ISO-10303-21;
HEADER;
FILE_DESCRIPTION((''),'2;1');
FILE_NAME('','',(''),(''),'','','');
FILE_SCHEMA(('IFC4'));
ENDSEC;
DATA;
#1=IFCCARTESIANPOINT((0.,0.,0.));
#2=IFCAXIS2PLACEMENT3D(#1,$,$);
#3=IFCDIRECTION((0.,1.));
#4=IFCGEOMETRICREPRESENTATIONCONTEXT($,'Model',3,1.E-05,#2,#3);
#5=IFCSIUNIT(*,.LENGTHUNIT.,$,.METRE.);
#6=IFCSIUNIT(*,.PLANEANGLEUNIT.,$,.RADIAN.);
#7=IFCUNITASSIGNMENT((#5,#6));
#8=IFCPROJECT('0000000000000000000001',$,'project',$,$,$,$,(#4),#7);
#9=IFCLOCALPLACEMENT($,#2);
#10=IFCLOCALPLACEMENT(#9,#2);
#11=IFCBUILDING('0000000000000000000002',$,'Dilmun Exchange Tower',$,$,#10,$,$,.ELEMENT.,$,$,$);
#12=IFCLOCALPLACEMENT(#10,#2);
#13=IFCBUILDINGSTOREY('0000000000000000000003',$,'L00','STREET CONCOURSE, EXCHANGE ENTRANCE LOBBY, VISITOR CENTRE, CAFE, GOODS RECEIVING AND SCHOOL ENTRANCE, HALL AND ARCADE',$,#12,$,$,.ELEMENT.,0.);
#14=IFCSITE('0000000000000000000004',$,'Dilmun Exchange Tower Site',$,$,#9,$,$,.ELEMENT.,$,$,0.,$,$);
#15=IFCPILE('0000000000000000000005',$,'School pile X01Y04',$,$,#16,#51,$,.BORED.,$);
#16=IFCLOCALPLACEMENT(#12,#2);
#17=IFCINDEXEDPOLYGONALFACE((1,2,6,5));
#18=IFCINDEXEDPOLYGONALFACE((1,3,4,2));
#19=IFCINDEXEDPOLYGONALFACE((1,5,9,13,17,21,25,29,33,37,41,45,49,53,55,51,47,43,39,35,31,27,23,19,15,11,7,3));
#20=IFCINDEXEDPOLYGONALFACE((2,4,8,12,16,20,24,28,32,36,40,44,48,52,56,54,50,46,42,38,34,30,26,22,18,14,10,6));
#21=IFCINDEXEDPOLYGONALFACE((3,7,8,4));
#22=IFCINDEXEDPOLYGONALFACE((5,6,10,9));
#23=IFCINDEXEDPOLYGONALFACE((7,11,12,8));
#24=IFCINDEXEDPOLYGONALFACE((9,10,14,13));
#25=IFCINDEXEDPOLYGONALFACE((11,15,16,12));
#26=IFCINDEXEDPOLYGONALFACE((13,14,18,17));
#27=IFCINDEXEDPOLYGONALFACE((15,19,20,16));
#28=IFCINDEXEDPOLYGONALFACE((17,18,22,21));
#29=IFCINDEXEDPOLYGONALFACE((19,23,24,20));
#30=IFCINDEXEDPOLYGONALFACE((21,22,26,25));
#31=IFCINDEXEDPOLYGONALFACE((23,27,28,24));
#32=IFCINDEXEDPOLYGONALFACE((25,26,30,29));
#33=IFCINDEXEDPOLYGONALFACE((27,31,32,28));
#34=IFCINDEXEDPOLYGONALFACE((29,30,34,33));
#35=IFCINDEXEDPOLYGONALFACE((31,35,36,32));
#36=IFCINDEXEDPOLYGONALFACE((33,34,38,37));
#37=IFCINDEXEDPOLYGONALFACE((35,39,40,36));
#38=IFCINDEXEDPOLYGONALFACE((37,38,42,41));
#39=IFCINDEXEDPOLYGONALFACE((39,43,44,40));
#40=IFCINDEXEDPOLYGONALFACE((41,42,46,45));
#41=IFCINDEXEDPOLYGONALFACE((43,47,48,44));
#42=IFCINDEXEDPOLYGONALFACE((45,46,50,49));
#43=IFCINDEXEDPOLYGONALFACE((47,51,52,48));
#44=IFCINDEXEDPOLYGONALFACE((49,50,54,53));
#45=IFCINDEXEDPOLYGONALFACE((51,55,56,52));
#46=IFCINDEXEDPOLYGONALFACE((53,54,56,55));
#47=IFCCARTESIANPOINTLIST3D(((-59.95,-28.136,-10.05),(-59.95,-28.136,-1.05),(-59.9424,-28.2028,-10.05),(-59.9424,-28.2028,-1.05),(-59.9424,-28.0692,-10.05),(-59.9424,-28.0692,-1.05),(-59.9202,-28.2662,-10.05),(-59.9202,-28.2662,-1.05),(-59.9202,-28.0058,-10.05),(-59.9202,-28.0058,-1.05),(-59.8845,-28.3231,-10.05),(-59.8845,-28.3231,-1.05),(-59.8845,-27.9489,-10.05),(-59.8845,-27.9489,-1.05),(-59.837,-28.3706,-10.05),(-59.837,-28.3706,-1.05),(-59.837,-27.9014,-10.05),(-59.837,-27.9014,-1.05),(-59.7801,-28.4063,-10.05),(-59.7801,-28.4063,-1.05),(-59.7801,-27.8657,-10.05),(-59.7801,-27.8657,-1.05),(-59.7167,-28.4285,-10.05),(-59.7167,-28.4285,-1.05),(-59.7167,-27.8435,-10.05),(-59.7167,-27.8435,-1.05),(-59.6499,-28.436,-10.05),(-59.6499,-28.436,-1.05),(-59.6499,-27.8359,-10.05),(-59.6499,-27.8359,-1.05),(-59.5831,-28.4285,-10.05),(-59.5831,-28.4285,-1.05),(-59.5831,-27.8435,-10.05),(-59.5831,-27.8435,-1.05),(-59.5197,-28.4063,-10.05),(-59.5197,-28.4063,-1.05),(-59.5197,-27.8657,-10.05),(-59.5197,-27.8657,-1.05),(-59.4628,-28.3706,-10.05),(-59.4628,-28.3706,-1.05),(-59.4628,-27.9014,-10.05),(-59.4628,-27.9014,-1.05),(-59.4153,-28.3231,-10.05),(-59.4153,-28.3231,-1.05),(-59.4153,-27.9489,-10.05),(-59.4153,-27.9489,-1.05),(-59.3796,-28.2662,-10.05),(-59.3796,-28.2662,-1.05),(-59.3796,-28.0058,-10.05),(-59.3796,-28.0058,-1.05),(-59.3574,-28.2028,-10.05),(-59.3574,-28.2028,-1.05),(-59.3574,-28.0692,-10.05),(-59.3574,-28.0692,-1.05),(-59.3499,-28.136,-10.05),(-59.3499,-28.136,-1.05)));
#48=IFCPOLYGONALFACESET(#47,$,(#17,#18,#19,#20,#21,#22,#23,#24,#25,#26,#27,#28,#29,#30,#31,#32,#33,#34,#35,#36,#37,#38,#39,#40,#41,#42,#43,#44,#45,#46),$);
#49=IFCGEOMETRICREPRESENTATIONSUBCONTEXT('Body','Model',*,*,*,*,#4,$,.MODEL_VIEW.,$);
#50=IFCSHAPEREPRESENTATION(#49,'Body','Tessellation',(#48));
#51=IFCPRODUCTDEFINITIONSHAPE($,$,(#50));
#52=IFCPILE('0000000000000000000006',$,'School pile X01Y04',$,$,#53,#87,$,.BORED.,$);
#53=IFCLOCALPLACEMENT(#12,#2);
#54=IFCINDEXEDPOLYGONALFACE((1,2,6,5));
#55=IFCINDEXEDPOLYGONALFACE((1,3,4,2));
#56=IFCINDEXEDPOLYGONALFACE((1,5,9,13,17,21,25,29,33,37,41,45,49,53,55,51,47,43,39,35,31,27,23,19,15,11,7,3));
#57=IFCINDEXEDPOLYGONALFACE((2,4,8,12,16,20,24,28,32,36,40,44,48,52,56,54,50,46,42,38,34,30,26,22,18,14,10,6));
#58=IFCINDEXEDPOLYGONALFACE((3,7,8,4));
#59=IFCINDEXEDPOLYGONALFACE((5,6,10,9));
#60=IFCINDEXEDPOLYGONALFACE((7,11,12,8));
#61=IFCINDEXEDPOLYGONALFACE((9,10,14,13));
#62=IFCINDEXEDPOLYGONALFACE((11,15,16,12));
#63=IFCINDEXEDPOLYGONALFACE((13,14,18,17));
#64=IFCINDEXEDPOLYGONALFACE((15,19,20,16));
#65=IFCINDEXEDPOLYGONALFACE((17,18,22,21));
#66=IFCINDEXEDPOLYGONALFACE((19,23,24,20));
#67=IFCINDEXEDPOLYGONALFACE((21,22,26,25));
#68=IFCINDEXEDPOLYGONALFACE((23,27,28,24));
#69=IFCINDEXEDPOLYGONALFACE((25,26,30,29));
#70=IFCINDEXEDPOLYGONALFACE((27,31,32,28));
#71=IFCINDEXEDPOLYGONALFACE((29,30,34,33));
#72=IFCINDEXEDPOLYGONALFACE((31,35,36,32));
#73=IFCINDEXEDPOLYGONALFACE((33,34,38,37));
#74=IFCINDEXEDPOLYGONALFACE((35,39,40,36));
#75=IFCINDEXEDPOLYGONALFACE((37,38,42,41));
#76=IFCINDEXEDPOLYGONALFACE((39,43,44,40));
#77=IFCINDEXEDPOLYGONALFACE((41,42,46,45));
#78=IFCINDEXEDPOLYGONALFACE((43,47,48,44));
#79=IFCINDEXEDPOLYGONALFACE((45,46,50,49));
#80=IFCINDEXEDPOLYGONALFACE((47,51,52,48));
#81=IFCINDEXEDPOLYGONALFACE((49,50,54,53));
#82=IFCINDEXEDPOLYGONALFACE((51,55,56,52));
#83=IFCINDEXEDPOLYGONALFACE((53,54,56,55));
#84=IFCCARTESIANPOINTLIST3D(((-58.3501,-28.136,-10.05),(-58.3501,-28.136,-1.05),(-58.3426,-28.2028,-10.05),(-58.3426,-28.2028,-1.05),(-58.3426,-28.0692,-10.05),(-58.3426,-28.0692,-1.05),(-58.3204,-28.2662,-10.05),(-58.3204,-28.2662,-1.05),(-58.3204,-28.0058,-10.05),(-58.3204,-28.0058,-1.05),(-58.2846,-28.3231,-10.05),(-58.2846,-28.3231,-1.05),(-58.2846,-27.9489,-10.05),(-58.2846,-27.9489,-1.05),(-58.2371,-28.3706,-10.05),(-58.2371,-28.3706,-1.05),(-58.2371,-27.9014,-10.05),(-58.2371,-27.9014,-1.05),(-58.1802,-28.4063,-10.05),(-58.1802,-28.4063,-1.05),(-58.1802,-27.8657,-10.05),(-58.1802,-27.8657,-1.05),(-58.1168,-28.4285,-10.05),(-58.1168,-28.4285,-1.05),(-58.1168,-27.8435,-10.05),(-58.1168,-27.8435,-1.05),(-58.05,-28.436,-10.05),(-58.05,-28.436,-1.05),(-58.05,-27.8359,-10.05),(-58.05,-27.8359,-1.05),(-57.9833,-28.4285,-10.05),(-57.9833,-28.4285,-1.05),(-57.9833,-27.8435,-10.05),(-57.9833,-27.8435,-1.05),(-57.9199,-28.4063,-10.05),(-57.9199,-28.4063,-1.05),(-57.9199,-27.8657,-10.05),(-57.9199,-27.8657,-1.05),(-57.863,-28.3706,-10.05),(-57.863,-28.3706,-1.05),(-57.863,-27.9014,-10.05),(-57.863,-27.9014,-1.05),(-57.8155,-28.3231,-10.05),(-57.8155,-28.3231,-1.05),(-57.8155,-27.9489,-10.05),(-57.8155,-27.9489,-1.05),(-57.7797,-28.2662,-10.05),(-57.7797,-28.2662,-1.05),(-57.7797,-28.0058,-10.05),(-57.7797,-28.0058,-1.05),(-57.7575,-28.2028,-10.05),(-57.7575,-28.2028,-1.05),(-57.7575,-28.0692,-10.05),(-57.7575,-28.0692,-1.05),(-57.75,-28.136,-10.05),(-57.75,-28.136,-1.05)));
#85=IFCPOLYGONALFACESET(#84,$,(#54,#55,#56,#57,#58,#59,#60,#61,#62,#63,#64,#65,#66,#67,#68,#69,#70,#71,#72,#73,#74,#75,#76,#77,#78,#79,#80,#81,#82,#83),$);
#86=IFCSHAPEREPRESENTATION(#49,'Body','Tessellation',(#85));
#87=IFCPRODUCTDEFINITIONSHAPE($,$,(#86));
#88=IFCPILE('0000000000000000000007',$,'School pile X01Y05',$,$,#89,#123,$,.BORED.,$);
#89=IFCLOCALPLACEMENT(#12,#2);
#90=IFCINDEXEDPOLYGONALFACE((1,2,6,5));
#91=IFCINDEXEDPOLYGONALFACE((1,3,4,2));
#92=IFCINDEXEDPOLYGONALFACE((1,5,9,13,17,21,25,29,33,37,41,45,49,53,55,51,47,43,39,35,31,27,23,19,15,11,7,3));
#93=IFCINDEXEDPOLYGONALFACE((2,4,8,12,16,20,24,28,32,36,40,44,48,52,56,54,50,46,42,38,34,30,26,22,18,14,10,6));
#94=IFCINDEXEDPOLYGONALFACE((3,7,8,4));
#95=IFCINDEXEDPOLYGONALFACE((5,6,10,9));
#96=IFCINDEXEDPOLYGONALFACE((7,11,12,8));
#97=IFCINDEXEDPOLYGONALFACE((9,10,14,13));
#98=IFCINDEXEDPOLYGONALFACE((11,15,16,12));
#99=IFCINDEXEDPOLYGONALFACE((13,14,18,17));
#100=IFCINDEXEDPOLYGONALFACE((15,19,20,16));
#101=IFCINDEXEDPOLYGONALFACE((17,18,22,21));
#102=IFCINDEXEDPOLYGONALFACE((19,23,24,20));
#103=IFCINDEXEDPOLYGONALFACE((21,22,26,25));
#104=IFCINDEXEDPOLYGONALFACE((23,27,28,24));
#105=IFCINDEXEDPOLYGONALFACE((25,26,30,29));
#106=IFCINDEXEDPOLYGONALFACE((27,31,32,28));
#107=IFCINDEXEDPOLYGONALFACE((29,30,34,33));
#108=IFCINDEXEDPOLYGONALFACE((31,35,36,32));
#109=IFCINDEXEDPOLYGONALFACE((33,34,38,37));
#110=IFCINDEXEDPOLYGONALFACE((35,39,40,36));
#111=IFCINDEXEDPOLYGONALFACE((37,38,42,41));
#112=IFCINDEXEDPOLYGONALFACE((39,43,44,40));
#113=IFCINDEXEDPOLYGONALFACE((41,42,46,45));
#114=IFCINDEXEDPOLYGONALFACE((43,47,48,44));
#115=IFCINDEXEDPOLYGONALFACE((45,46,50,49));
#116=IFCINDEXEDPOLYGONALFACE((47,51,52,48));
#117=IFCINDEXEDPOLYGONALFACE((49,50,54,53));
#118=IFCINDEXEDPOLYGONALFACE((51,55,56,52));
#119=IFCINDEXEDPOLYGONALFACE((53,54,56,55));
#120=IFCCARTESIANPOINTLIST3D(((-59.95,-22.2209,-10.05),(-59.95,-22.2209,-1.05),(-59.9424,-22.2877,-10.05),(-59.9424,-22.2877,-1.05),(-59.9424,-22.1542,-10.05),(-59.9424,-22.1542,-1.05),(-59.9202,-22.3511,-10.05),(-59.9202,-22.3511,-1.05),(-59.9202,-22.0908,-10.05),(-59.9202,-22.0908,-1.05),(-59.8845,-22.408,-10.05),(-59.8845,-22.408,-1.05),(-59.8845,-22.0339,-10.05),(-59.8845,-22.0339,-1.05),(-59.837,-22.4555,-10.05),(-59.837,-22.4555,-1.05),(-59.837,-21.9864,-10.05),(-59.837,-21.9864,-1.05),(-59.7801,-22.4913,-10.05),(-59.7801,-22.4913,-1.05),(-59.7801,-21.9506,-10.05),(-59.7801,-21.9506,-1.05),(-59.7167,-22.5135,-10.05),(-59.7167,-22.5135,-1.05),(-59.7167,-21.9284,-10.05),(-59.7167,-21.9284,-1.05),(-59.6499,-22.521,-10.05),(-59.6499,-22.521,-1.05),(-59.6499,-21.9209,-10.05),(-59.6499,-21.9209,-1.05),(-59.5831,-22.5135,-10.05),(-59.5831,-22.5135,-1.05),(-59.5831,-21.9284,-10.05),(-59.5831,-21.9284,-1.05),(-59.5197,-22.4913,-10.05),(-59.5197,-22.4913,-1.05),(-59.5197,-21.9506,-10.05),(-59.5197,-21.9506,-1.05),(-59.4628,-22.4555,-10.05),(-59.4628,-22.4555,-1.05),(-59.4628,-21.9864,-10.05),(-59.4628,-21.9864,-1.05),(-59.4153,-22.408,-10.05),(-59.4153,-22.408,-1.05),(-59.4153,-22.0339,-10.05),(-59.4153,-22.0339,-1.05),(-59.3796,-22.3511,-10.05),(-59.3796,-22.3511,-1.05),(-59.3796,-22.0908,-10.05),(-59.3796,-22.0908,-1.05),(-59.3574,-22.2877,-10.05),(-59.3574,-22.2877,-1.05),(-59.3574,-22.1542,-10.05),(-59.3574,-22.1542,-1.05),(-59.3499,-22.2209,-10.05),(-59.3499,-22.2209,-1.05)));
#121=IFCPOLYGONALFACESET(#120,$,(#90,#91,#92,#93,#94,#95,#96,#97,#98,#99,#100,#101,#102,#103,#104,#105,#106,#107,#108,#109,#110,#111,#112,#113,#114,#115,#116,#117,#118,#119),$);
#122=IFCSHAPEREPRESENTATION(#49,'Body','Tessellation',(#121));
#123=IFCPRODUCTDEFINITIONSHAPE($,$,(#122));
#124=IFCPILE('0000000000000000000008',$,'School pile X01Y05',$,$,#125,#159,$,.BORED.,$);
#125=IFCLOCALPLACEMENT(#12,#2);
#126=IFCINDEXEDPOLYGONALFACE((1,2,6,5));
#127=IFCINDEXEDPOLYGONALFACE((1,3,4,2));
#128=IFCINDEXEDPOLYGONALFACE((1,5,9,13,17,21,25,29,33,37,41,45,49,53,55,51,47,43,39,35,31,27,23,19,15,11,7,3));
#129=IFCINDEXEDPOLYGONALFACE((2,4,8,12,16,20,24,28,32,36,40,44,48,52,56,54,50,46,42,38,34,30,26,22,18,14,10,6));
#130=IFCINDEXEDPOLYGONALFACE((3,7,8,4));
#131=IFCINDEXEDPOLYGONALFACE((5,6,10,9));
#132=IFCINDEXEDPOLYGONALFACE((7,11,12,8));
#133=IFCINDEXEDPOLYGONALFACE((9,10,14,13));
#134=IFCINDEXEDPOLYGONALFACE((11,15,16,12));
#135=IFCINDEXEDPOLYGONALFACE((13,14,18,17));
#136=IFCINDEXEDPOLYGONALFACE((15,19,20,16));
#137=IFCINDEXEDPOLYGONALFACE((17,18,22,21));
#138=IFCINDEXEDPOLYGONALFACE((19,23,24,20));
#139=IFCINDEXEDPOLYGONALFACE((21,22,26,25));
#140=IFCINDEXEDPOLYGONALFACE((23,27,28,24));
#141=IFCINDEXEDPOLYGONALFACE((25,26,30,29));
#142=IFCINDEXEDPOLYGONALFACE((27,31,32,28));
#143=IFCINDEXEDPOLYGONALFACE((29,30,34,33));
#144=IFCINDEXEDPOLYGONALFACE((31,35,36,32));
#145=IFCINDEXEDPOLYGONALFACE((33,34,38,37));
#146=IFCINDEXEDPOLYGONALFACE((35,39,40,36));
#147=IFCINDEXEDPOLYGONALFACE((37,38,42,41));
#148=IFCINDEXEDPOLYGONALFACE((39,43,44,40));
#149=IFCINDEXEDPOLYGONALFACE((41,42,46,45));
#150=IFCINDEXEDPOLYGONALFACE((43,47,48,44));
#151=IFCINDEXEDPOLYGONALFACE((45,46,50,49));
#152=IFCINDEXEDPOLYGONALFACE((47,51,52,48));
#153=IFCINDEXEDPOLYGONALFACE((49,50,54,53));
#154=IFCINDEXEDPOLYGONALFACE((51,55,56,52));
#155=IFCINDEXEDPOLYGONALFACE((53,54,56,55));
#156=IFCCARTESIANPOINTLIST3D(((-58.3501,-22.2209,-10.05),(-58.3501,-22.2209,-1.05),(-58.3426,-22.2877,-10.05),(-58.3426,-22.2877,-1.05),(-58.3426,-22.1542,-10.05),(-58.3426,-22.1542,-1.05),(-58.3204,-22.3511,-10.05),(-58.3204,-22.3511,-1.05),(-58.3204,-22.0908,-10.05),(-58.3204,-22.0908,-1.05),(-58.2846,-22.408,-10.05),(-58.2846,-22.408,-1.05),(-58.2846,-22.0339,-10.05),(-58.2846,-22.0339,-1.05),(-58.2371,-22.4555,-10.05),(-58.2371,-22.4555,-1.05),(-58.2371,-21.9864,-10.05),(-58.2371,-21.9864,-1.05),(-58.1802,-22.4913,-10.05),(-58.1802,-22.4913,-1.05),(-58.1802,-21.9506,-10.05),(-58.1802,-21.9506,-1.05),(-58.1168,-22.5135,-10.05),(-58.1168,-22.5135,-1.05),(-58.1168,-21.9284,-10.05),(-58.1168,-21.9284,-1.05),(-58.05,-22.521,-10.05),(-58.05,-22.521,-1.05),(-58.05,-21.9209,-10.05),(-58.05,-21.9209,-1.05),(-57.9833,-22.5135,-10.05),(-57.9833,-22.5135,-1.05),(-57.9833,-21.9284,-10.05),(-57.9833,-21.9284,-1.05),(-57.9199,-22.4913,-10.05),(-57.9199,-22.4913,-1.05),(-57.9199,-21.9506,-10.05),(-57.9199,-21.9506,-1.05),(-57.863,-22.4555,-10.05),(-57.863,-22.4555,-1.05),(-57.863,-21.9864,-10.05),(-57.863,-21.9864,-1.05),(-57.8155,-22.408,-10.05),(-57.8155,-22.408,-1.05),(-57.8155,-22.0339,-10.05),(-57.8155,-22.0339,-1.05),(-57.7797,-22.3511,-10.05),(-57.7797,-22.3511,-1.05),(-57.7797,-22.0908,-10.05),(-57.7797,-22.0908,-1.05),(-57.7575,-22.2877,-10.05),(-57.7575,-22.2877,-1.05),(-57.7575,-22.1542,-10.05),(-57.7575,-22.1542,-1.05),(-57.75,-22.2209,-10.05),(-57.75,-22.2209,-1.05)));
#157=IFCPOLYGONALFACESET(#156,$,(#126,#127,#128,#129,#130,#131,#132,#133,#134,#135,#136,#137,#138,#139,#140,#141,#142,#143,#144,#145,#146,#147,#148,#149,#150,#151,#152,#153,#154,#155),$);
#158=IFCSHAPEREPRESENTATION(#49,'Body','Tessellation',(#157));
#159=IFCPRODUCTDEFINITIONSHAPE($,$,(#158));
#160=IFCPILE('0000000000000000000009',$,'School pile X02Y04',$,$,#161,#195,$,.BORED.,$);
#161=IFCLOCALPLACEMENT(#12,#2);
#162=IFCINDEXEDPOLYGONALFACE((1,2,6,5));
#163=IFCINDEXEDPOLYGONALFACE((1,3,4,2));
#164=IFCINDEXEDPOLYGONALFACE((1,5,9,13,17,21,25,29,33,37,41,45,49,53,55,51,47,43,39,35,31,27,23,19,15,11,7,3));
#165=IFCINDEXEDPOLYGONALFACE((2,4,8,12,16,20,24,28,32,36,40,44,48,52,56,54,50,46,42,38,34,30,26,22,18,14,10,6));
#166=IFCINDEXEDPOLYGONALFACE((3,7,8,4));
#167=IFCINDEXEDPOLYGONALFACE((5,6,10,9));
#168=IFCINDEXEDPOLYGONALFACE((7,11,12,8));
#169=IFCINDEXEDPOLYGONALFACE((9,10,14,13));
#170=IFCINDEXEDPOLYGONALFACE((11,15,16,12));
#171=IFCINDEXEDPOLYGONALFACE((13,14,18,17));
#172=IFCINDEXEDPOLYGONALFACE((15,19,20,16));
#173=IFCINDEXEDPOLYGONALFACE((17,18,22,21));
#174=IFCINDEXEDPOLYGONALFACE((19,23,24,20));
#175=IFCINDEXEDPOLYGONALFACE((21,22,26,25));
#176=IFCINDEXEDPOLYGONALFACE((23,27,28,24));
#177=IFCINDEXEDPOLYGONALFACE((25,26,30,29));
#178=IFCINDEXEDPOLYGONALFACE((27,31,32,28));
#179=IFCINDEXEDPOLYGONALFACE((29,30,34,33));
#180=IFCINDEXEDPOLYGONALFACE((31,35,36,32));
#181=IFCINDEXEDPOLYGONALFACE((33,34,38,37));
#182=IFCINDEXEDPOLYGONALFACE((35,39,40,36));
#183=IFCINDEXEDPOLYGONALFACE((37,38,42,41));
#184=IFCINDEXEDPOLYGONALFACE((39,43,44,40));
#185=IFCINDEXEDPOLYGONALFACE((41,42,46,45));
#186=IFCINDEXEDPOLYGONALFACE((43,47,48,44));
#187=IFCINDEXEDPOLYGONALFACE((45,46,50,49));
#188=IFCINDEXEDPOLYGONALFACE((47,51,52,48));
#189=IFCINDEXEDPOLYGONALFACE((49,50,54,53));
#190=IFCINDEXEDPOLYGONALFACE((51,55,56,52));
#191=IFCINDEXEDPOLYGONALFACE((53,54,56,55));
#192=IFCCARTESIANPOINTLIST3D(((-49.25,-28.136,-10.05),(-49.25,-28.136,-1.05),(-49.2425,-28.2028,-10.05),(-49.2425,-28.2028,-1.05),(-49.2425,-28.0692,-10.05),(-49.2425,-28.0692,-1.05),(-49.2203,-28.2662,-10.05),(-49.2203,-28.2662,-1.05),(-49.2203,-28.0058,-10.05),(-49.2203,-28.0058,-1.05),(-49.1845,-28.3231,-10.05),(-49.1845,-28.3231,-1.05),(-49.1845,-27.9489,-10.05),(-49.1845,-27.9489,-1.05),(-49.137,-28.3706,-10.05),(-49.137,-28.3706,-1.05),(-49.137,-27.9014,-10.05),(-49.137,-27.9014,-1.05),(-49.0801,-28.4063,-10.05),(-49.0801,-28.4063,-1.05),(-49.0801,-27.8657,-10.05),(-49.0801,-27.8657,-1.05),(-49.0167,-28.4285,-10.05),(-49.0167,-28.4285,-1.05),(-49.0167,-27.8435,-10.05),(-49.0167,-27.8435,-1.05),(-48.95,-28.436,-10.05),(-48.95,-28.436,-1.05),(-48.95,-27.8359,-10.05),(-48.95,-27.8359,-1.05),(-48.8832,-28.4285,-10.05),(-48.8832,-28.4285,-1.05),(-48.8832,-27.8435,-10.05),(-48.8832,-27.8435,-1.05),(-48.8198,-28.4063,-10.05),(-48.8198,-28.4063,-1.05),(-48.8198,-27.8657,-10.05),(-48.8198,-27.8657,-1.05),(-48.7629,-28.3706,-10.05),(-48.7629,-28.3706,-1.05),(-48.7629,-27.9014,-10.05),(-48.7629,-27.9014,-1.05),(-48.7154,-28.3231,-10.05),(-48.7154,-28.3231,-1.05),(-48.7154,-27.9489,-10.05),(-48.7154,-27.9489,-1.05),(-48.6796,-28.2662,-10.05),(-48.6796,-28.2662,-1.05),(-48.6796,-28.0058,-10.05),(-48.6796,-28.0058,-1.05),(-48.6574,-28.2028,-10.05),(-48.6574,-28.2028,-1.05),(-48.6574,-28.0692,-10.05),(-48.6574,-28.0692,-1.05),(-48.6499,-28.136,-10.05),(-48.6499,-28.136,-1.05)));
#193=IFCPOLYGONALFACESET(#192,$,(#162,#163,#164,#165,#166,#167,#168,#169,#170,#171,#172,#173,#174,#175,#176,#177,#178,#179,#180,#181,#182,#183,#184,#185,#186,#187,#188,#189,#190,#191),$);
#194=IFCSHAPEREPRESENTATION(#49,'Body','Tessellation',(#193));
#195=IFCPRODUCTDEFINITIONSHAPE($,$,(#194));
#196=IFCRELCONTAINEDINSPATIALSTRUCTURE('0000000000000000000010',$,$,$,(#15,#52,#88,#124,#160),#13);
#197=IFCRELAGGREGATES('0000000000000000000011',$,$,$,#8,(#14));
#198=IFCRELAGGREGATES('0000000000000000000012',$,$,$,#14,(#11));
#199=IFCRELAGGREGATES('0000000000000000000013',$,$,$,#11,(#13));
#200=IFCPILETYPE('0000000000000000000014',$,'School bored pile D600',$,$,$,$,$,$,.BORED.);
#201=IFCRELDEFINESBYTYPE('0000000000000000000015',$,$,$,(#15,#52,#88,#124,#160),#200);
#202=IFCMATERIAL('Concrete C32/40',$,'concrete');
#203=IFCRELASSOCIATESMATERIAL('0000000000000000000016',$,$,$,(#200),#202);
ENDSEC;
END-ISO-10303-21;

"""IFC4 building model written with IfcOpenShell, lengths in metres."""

from ifc_helpers import new_model, si_unit, direction, frame, origin, origin_2d, place, context, subcontext, project, spatial, circle, extrude, material, material_profile, profile_set, type_object, element, save


model = new_model("IFC4")

# Units and contexts
model_context = context("Model", 3, precision=1e-05, world=origin(), true_north=direction((0.0, 1.0)))
body_context = subcontext(model_context, "Body", "Model", "MODEL_VIEW")
ifc_project = project(units=[si_unit("LENGTHUNIT", "METRE"), si_unit("PLANEANGLEUNIT", "RADIAN")], contexts=[model_context])

# Site, building, storey
site_placement = place(None, origin())
site = spatial("IfcSite", under=ifc_project, at=site_placement, Name="Dilmun Exchange Tower Site", CompositionType="ELEMENT", RefElevation=0.0)
building_placement = place(site_placement, origin())
building = spatial("IfcBuilding", under=site, at=building_placement, Name="Dilmun Exchange Tower", CompositionType="ELEMENT")
storey_placement = place(building_placement, origin())
storey = spatial("IfcBuildingStorey", under=building, at=storey_placement, Name="L00", Description="STREET CONCOURSE, EXCHANGE ENTRANCE LOBBY, VISITOR CENTRE, CAFE, GOODS RECEIVING AND SCHOOL ENTRANCE, HALL AND ARCADE", CompositionType="ELEMENT", Elevation=0.0)

# Piles
ifc_material_1 = material(Name="Concrete C32/40", Category="concrete")
ifc_material_profile_1 = material_profile(ifc_material_1, circle(Radius=0.3, at=origin_2d()), Name="D600")
ifc_profile_set_1 = profile_set([ifc_material_profile_1], Name="Concrete C32/40")
pile_type = type_object("IfcPileType", Name="School bored pile D600", PredefinedType="BORED", material=ifc_profile_set_1)
for number, where, z_axis, x_axis, name in (
    (1, (-59.6499, -28.136, -1.05), (0.0, 0.0, -1.0), (1.0, 0.0, 0.0), "School pile X01Y04"),
    (2, (-58.05, -28.136, -1.05), (0.0, 0.0, -1.0), (1.0, 0.0, 0.0), "School pile X01Y04"),
    (3, (-59.6499, -22.2209, -1.05), (0.0, 0.0, -1.0), (1.0, 0.0, 0.0), "School pile X01Y05"),
    (4, (-58.05, -22.2209, -1.05), (0.0, 0.0, -1.0), (1.0, 0.0, 0.0), "School pile X01Y05"),
    (5, (-48.95, -28.136, -1.05), (0.0, 0.0, -1.0), (1.0, 0.0, 0.0), "School pile X02Y04"),
):
    element("IfcPile", number, at=place(storey_placement, frame(where, z_axis=z_axis, x_axis=x_axis)), inside=storey, type_object=pile_type, Name=name, PredefinedType="BORED", context=body_context, shape_type="SweptSolid", body=[
        extrude(circle(Radius=0.3, at=origin_2d()), origin(), (0.0, 0.0, 1.0), 9.0),
    ])

save(model, "model.ifc")
